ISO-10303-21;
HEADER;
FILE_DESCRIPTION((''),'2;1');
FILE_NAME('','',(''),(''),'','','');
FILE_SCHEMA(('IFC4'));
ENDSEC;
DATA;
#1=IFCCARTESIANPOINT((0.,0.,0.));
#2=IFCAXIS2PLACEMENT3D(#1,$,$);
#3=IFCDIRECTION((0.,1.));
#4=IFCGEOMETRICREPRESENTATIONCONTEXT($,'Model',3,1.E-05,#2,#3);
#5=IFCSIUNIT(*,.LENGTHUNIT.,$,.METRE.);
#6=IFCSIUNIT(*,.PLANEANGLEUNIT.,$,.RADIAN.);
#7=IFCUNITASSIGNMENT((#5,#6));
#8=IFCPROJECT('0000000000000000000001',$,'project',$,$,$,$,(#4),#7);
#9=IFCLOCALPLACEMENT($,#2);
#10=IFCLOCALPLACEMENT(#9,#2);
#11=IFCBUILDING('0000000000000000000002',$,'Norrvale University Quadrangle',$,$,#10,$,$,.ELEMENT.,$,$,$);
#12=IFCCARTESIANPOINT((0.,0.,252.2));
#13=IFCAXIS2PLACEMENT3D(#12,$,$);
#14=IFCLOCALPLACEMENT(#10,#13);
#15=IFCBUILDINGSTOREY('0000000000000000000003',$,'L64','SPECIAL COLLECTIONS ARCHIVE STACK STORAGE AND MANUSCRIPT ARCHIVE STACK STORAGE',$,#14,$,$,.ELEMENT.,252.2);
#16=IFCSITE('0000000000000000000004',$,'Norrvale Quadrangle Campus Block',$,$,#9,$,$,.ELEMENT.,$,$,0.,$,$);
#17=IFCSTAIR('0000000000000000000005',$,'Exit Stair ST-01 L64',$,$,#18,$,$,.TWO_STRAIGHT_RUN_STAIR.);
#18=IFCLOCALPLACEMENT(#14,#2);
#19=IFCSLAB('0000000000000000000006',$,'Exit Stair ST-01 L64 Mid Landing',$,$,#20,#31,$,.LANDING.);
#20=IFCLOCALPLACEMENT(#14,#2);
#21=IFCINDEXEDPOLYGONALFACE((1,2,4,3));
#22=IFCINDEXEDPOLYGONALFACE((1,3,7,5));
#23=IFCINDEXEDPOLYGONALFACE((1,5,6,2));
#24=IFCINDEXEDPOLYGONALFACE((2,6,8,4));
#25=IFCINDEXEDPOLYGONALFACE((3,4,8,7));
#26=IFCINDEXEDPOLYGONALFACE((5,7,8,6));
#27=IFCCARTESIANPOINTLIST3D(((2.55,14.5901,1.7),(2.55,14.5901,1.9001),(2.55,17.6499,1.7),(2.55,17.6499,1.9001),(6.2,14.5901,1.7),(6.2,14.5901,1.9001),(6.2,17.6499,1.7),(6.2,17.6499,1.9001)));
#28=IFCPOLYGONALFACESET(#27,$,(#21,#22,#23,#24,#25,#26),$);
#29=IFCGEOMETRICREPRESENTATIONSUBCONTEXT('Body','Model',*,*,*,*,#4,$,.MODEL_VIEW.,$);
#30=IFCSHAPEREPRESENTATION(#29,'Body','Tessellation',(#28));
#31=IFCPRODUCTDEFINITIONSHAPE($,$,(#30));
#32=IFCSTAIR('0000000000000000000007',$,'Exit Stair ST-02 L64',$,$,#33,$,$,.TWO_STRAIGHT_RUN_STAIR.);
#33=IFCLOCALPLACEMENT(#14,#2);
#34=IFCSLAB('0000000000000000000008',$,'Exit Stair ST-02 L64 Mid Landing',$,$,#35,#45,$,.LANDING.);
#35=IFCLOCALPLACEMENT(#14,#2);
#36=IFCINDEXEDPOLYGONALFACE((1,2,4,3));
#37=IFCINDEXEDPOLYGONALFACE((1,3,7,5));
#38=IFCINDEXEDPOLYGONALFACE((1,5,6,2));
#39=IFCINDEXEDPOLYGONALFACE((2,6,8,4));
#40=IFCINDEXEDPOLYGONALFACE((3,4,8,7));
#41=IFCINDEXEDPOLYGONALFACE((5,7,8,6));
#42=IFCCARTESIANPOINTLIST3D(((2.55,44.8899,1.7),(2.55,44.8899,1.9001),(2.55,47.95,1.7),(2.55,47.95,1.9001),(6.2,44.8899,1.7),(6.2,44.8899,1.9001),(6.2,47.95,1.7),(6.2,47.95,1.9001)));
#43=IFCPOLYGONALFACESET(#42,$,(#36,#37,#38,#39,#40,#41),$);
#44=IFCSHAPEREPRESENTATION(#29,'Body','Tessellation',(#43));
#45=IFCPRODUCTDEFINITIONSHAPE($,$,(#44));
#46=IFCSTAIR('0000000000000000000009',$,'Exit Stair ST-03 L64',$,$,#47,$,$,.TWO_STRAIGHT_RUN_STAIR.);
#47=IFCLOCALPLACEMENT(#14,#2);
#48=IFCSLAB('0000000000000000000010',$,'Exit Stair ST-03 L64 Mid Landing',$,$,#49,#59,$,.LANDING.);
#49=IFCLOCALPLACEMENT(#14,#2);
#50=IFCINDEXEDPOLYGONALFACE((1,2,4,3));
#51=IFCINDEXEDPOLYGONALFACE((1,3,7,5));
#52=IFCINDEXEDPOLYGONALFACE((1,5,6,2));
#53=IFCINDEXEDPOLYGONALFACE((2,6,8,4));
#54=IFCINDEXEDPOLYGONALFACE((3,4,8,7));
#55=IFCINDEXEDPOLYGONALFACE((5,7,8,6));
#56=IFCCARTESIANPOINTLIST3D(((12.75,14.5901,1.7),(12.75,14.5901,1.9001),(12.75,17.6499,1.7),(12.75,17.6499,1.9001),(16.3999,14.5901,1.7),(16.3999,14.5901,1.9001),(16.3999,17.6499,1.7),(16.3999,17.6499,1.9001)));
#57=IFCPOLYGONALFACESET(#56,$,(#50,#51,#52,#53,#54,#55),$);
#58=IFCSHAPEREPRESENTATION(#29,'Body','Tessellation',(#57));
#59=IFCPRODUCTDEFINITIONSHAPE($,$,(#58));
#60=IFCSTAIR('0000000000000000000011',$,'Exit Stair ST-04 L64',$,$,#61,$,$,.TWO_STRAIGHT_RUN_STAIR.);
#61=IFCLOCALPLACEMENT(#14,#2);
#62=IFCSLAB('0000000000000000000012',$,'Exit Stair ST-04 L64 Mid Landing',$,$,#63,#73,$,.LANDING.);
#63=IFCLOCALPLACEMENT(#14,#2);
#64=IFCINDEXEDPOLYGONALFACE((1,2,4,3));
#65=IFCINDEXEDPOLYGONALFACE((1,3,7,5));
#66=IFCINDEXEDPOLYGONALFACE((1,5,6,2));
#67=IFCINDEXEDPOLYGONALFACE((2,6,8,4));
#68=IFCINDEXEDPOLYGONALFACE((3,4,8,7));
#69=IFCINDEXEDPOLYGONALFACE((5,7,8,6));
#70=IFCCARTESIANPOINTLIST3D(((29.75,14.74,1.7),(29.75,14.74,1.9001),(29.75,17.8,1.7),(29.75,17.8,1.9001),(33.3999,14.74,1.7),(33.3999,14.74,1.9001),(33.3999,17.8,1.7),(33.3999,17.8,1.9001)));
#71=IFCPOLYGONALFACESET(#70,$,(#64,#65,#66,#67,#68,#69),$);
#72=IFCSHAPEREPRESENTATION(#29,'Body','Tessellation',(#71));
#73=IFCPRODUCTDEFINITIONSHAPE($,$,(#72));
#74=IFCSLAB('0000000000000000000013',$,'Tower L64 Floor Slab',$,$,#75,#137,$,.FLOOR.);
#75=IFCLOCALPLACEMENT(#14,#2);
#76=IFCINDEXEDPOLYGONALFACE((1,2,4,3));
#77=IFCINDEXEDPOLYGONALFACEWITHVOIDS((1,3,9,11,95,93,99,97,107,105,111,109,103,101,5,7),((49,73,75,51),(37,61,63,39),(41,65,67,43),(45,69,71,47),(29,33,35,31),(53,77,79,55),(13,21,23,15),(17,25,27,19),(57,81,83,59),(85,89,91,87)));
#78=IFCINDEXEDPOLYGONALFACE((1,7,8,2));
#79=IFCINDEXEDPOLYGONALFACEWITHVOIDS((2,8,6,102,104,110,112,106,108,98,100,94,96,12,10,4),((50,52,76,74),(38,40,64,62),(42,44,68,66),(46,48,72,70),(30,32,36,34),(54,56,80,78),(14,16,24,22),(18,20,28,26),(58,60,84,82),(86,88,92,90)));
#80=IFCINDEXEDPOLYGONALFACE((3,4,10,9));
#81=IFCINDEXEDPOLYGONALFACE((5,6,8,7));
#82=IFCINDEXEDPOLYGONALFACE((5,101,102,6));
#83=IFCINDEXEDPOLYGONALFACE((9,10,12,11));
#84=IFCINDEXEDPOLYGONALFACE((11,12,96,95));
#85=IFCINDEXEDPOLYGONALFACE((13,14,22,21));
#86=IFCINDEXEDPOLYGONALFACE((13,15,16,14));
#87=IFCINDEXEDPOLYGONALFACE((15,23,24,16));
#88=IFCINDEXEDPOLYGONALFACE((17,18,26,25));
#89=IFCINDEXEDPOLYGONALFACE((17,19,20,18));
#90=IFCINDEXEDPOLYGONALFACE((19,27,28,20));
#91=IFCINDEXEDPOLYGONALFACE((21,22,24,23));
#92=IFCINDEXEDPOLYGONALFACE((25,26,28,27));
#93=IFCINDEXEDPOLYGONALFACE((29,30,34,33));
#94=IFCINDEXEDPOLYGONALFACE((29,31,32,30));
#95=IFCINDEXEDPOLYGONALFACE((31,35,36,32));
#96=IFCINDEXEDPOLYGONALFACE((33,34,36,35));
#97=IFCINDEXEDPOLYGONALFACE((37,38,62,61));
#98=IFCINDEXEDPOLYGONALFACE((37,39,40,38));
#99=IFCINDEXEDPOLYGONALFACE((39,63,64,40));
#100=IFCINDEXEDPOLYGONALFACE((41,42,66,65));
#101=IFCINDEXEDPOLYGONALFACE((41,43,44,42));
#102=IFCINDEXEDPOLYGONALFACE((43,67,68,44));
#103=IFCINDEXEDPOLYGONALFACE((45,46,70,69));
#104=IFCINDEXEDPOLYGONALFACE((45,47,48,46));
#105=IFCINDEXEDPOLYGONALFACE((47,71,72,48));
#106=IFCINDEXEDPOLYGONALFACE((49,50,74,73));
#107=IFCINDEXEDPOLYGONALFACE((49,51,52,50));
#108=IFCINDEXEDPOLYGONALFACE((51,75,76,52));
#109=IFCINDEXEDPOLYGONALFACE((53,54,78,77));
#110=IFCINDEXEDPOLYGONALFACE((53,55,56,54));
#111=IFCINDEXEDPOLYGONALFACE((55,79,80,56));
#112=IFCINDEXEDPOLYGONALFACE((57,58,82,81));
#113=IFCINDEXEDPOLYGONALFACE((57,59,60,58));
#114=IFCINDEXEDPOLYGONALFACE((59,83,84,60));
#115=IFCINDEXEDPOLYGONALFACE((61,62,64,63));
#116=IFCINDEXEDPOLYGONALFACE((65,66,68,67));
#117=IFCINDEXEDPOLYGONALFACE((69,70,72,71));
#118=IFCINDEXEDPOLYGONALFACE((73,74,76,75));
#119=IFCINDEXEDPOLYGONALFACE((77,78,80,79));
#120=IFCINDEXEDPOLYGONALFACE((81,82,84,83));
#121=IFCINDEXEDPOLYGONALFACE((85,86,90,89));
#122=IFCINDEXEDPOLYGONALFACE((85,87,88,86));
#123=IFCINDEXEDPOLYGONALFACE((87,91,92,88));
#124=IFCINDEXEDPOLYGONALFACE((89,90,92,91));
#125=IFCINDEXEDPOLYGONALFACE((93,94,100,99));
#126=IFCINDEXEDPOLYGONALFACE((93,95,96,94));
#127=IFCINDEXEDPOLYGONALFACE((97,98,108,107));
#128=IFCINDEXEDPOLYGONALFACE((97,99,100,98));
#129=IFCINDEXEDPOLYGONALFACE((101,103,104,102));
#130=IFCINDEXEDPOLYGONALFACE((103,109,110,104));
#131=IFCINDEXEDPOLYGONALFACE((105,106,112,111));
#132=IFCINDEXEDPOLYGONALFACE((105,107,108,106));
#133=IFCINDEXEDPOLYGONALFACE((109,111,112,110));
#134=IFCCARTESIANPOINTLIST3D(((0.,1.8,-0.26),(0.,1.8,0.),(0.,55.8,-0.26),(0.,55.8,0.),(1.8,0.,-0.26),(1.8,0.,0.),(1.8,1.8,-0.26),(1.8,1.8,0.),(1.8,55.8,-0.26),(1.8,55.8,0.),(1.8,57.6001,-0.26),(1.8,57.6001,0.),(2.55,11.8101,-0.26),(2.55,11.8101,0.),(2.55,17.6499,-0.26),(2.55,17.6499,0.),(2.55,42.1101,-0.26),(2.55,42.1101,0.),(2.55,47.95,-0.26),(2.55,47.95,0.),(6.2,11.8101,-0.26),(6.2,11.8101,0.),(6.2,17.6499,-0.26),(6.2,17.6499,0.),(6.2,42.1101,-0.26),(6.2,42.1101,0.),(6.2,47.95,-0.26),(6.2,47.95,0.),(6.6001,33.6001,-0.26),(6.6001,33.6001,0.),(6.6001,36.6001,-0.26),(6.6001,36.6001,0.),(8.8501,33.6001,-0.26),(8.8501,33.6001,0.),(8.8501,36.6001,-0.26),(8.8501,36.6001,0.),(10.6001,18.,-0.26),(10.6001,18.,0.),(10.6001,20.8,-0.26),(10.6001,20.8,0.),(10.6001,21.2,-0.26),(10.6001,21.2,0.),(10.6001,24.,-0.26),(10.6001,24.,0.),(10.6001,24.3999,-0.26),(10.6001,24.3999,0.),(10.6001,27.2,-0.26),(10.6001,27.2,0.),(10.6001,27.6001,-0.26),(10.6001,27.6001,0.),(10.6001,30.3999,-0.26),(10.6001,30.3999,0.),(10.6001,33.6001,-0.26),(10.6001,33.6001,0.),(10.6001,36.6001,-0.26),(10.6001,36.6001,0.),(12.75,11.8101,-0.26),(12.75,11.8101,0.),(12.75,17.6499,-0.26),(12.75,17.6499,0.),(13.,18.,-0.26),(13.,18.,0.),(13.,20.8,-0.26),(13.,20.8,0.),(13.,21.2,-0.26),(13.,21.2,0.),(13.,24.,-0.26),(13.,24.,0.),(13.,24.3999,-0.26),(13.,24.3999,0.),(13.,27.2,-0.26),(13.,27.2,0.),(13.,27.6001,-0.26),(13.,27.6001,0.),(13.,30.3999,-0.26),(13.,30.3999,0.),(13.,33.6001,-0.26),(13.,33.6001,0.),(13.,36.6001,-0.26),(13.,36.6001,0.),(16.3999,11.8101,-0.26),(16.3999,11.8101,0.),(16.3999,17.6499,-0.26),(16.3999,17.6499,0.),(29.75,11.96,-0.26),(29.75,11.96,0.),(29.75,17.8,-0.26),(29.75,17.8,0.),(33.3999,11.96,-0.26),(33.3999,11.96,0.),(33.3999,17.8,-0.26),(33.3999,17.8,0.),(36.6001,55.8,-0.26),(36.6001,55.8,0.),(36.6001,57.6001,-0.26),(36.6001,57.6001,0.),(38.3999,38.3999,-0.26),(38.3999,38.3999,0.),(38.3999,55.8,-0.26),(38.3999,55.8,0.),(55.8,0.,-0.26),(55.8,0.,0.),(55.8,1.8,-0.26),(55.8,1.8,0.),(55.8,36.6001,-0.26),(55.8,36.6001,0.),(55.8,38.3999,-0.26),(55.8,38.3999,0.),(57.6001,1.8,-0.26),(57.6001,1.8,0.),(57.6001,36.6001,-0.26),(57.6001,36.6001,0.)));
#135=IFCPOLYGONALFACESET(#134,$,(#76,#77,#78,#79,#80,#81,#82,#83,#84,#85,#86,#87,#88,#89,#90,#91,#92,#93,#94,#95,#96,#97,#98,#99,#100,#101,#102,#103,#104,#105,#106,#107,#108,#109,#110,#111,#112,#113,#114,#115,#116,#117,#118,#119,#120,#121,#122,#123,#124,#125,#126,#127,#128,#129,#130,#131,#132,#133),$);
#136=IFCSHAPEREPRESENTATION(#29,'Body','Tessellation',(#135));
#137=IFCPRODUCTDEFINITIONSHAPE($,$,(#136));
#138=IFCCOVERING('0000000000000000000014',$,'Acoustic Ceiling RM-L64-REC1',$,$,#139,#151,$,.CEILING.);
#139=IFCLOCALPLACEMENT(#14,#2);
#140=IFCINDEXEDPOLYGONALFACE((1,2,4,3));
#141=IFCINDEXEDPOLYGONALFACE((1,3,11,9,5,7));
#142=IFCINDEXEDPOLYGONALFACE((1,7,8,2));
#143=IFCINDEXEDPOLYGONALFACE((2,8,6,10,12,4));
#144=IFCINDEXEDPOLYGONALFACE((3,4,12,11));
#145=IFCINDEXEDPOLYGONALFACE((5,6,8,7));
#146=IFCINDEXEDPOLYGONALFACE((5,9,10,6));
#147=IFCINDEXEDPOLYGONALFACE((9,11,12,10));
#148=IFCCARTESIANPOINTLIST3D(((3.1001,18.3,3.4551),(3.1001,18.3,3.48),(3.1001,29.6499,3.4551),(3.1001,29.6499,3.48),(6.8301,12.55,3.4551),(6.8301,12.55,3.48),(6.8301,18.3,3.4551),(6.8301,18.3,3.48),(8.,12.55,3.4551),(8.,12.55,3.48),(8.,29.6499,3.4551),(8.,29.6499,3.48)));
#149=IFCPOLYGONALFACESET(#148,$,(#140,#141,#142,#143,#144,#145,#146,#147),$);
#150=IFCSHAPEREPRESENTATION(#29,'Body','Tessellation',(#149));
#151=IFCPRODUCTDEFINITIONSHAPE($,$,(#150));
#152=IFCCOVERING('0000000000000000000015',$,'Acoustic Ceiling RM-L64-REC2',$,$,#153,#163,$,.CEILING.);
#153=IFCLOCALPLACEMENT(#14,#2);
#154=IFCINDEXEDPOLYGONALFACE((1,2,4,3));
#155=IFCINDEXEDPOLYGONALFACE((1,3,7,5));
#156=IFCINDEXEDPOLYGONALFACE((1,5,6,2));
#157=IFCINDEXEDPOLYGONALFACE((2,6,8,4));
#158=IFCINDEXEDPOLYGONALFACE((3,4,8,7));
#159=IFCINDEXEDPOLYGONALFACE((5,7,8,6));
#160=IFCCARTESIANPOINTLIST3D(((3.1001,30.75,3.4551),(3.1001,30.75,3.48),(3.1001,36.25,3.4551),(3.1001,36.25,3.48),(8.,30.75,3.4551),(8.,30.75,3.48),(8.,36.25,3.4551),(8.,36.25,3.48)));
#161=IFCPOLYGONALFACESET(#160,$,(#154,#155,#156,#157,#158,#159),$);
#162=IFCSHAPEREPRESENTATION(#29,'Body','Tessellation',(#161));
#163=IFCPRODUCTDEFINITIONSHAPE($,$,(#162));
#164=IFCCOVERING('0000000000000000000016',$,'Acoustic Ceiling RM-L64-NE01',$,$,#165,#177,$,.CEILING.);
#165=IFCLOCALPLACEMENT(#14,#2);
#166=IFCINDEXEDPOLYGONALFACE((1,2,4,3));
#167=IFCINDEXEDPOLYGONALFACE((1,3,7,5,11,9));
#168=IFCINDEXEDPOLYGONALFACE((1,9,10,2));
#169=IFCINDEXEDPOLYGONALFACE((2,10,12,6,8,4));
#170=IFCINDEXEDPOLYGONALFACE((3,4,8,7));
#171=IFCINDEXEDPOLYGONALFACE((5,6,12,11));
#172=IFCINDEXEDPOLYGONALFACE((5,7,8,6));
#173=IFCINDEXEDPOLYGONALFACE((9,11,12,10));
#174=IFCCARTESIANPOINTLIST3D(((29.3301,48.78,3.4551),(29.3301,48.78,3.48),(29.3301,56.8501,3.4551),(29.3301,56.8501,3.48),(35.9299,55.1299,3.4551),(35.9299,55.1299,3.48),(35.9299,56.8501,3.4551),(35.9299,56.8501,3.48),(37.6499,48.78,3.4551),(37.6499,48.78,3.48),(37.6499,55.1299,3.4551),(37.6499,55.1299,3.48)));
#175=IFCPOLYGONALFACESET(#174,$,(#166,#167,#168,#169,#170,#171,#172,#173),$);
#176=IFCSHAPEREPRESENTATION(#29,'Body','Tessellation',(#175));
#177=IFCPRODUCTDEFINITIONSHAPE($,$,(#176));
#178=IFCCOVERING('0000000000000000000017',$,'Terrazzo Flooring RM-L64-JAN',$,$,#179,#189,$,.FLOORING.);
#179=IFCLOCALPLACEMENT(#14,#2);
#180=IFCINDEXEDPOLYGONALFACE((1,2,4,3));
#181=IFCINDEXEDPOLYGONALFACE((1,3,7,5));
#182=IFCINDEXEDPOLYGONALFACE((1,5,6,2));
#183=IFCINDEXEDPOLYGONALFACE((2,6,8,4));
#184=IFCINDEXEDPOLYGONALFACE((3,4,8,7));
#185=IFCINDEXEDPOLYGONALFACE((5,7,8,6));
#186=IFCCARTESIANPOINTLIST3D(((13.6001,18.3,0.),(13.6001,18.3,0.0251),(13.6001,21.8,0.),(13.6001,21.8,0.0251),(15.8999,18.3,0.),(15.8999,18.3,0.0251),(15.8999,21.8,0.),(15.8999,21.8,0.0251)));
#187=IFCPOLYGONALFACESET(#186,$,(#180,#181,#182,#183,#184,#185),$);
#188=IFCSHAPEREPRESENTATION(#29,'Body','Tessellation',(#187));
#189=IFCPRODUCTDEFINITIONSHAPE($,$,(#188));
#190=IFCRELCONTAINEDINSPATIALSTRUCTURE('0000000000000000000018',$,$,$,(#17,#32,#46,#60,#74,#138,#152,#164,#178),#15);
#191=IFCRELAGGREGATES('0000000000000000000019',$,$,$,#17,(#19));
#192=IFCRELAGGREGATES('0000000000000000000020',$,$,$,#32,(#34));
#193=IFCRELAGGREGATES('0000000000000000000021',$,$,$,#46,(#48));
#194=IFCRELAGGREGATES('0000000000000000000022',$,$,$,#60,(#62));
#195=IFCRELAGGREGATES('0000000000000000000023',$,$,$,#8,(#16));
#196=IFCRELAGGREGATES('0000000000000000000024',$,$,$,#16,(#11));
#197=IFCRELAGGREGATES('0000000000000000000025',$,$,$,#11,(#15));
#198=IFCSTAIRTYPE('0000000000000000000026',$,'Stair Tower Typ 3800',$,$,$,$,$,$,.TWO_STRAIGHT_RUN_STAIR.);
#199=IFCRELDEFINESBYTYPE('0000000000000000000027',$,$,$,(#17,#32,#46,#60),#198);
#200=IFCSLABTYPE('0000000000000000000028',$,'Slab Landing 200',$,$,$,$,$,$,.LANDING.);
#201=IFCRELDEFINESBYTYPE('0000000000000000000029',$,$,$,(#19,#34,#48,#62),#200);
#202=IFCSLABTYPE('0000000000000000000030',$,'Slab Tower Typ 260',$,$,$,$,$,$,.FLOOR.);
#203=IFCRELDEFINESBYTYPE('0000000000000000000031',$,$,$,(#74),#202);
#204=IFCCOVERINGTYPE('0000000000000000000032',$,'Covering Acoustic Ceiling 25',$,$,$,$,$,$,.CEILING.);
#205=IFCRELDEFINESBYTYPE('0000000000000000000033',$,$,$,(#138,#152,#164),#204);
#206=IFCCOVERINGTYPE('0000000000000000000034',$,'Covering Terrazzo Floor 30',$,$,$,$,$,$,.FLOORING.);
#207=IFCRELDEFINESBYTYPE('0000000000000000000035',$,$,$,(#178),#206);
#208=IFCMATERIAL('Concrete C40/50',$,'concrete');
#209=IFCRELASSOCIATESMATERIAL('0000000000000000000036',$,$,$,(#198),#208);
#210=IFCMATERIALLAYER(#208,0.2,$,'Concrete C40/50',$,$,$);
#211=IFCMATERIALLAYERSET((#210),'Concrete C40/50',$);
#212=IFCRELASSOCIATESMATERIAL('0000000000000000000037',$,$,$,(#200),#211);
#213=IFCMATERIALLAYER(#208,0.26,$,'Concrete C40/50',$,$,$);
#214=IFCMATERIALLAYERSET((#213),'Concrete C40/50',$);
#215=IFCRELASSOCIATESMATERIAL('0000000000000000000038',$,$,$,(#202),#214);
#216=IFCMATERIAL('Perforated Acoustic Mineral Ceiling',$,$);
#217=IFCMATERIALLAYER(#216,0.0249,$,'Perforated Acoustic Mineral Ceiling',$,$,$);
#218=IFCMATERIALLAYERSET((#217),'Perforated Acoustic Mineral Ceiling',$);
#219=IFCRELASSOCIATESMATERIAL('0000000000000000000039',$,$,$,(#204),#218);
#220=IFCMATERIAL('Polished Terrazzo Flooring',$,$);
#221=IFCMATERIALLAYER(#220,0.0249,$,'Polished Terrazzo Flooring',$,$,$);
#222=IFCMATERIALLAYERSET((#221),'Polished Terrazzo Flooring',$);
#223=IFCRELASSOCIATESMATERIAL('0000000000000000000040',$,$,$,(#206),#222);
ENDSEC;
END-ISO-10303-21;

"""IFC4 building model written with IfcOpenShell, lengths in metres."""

from ifc_helpers import new_model, si_unit, direction, frame, origin, place, context, subcontext, project, spatial, polyline, outline, extrude, material, layer, layer_set, type_object, element, aggregate, save


model = new_model("IFC4")

# Units and contexts
model_context = context("Model", 3, precision=1e-05, world=origin(), true_north=direction((0.0, 1.0)))
body_context = subcontext(model_context, "Body", "Model", "MODEL_VIEW")
ifc_project = project(units=[si_unit("LENGTHUNIT", "METRE"), si_unit("PLANEANGLEUNIT", "RADIAN")], contexts=[model_context])

# Site, building, storey
site_placement = place(None, origin())
site = spatial("IfcSite", under=ifc_project, at=site_placement, Name="Norrvale Quadrangle Campus Block", CompositionType="ELEMENT", RefElevation=0.0)
building_placement = place(site_placement, origin())
building = spatial("IfcBuilding", under=site, at=building_placement, Name="Norrvale University Quadrangle", CompositionType="ELEMENT")
storey_placement = place(building_placement, frame((0.0, 0.0, 252.2)))
storey = spatial("IfcBuildingStorey", under=building, at=storey_placement, Name="L64", Description="SPECIAL COLLECTIONS ARCHIVE STACK STORAGE AND MANUSCRIPT ARCHIVE STACK STORAGE", CompositionType="ELEMENT", Elevation=252.2)

# Stairs, slabs
ifc_material_1 = material(Name="Concrete C40/50", Category="concrete")
stair_type = type_object("IfcStairType", Name="Stair Tower Typ 3800", PredefinedType="TWO_STRAIGHT_RUN_STAIR", material=ifc_material_1)
stair_1_placement = place(storey_placement, origin())
stair_1 = element("IfcStair", 1, at=stair_1_placement, inside=storey, type_object=stair_type, Name="Exit Stair ST-01 L64", PredefinedType="TWO_STRAIGHT_RUN_STAIR")
ifc_layer_1 = layer(ifc_material_1, 0.2, Name="Concrete C40/50")
ifc_layer_set_1 = layer_set([ifc_layer_1], Name="Concrete C40/50")
slab_type_1 = type_object("IfcSlabType", Name="Slab Landing 200", PredefinedType="LANDING", material=ifc_layer_set_1)
slab_1_placement = place(storey_placement, frame((0.0, 0.0, 1.7)))
slab_1 = element("IfcSlab", 2, at=slab_1_placement, type_object=slab_type_1, Name="Exit Stair ST-01 L64 Mid Landing", PredefinedType="LANDING", context=body_context, shape_type="SweptSolid", body=[
    extrude(outline(polyline([(2.55, 14.5901), (6.2, 14.5901), (6.2, 17.6499), (2.55, 17.6499), (2.55, 14.5901)])), origin(), (0.0, 0.0, 1.0), 0.2002),
])
aggregate(stair_1, [slab_1])
stair_2_placement = place(storey_placement, origin())
stair_2 = element("IfcStair", 3, at=stair_2_placement, inside=storey, type_object=stair_type, Name="Exit Stair ST-02 L64", PredefinedType="TWO_STRAIGHT_RUN_STAIR")
slab_2_placement = place(storey_placement, frame((0.0, 0.0, 1.7)))
slab_2 = element("IfcSlab", 4, at=slab_2_placement, type_object=slab_type_1, Name="Exit Stair ST-02 L64 Mid Landing", PredefinedType="LANDING", context=body_context, shape_type="SweptSolid", body=[
    extrude(outline(polyline([(2.55, 44.8899), (6.2, 44.8899), (6.2, 47.95), (2.55, 47.95), (2.55, 44.8899)])), origin(), (0.0, 0.0, 1.0), 0.2002),
])
aggregate(stair_2, [slab_2])
stair_3_placement = place(storey_placement, origin())
stair_3 = element("IfcStair", 5, at=stair_3_placement, inside=storey, type_object=stair_type, Name="Exit Stair ST-03 L64", PredefinedType="TWO_STRAIGHT_RUN_STAIR")
slab_3_placement = place(storey_placement, frame((0.0, 0.0, 1.7)))
slab_3 = element("IfcSlab", 6, at=slab_3_placement, type_object=slab_type_1, Name="Exit Stair ST-03 L64 Mid Landing", PredefinedType="LANDING", context=body_context, shape_type="SweptSolid", body=[
    extrude(outline(polyline([(12.75, 14.5901), (16.3999, 14.5901), (16.3999, 17.6499), (12.75, 17.6499), (12.75, 14.5901)])), origin(), (0.0, 0.0, 1.0), 0.2002),
])
aggregate(stair_3, [slab_3])
stair_4_placement = place(storey_placement, origin())
stair_4 = element("IfcStair", 7, at=stair_4_placement, inside=storey, type_object=stair_type, Name="Exit Stair ST-04 L64", PredefinedType="TWO_STRAIGHT_RUN_STAIR")
slab_4_placement = place(storey_placement, frame((0.0, 0.0, 1.7)))
slab_4 = element("IfcSlab", 8, at=slab_4_placement, type_object=slab_type_1, Name="Exit Stair ST-04 L64 Mid Landing", PredefinedType="LANDING", context=body_context, shape_type="SweptSolid", body=[
    extrude(outline(polyline([(29.75, 14.74), (33.3999, 14.74), (33.3999, 17.8), (29.75, 17.8), (29.75, 14.74)])), origin(), (0.0, 0.0, 1.0), 0.2002),
])
aggregate(stair_4, [slab_4])

# Slab
ifc_layer_2 = layer(ifc_material_1, 0.26, Name="Concrete C40/50")
ifc_layer_set_2 = layer_set([ifc_layer_2], Name="Concrete C40/50")
slab_type_2 = type_object("IfcSlabType", Name="Slab Tower Typ 260", PredefinedType="FLOOR", material=ifc_layer_set_2)
slab_5_placement = place(storey_placement, frame((0.0, 0.0, -0.26)))
element("IfcSlab", 9, at=slab_5_placement, inside=storey, type_object=slab_type_2, Name="Tower L64 Floor Slab", PredefinedType="FLOOR", context=body_context, shape_type="SweptSolid", body=[
    extrude(outline(polyline([(1.8, 0.0), (55.8, 0.0), (55.8, 1.8), (57.6001, 1.8), (57.6001, 36.6001), (55.8, 36.6001), (55.8, 38.3999), (38.3999, 38.3999), (38.3999, 55.8), (36.6001, 55.8), (36.6001, 57.6001), (1.8, 57.6001), (1.8, 55.8), (0.0, 55.8), (0.0, 1.8), (1.8, 1.8), (1.8, 0.0)]), holes=[polyline([(2.55, 11.8101), (6.2, 11.8101), (6.2, 17.6499), (2.55, 17.6499), (2.55, 11.8101)]), polyline([(2.55, 42.1101), (6.2, 42.1101), (6.2, 47.95), (2.55, 47.95), (2.55, 42.1101)]), polyline([(12.75, 11.8101), (16.3999, 11.8101), (16.3999, 17.6499), (12.75, 17.6499), (12.75, 11.8101)]), polyline([(29.75, 11.96), (33.3999, 11.96), (33.3999, 17.8), (29.75, 17.8), (29.75, 11.96)]), polyline([(10.6001, 18.0), (13.0, 18.0), (13.0, 20.8), (10.6001, 20.8), (10.6001, 18.0)]), polyline([(10.6001, 21.2), (13.0, 21.2), (13.0, 24.0), (10.6001, 24.0), (10.6001, 21.2)]), polyline([(10.6001, 24.3999), (13.0, 24.3999), (13.0, 27.2), (10.6001, 27.2), (10.6001, 24.3999)]), polyline([(10.6001, 27.6001), (13.0, 27.6001), (13.0, 30.3999), (10.6001, 30.3999), (10.6001, 27.6001)]), polyline([(6.6001, 33.6001), (8.8501, 33.6001), (8.8501, 36.6001), (6.6001, 36.6001), (6.6001, 33.6001)]), polyline([(10.6001, 33.6001), (13.0, 33.6001), (13.0, 36.6001), (10.6001, 36.6001), (10.6001, 33.6001)])]), origin(), (0.0, 0.0, 1.0), 0.26),
])

# Coverings
ifc_material_2 = material(Name="Perforated Acoustic Mineral Ceiling")
ifc_layer_3 = layer(ifc_material_2, 0.0249, Name="Perforated Acoustic Mineral Ceiling")
ifc_layer_set_3 = layer_set([ifc_layer_3], Name="Perforated Acoustic Mineral Ceiling")
covering_type_1 = type_object("IfcCoveringType", Name="Covering Acoustic Ceiling 25", PredefinedType="CEILING", material=ifc_layer_set_3)
covering_1_placement = place(storey_placement, frame((0.0, 0.0, 3.4551)))
element("IfcCovering", 10, at=covering_1_placement, inside=storey, type_object=covering_type_1, Name="Acoustic Ceiling RM-L64-REC1", PredefinedType="CEILING", context=body_context, shape_type="SweptSolid", body=[
    extrude(outline(polyline([(3.1001, 18.3), (3.1001, 29.6499), (8.0, 29.6499), (8.0, 12.55), (6.8301, 12.55), (6.8301, 18.3), (3.1001, 18.3)])), origin(), (0.0, 0.0, 1.0), 0.0249),
])
covering_2_placement = place(storey_placement, frame((0.0, 0.0, 3.4551)))
element("IfcCovering", 11, at=covering_2_placement, inside=storey, type_object=covering_type_1, Name="Acoustic Ceiling RM-L64-REC2", PredefinedType="CEILING", context=body_context, shape_type="SweptSolid", body=[
    extrude(outline(polyline([(3.1001, 30.75), (3.1001, 36.25), (8.0, 36.25), (8.0, 30.75), (3.1001, 30.75)])), origin(), (0.0, 0.0, 1.0), 0.0249),
])
covering_3_placement = place(storey_placement, frame((0.0, 0.0, 3.4551)))
element("IfcCovering", 12, at=covering_3_placement, inside=storey, type_object=covering_type_1, Name="Acoustic Ceiling RM-L64-NE01", PredefinedType="CEILING", context=body_context, shape_type="SweptSolid", body=[
    extrude(outline(polyline([(37.6499, 48.78), (29.3301, 48.78), (29.3301, 56.8501), (35.9299, 56.8501), (35.9299, 55.1299), (37.6499, 55.1299), (37.6499, 48.78)])), origin(), (0.0, 0.0, 1.0), 0.0249),
])
ifc_material_3 = material(Name="Polished Terrazzo Flooring")
ifc_layer_4 = layer(ifc_material_3, 0.0249, Name="Polished Terrazzo Flooring")
ifc_layer_set_4 = layer_set([ifc_layer_4], Name="Polished Terrazzo Flooring")
covering_type_2 = type_object("IfcCoveringType", Name="Covering Terrazzo Floor 30", PredefinedType="FLOORING", material=ifc_layer_set_4)
covering_4_placement = place(storey_placement, origin())
element("IfcCovering", 13, at=covering_4_placement, inside=storey, type_object=covering_type_2, Name="Terrazzo Flooring RM-L64-JAN", PredefinedType="FLOORING", context=body_context, shape_type="SweptSolid", body=[
    extrude(outline(polyline([(13.6001, 18.3), (13.6001, 21.8), (15.8999, 21.8), (15.8999, 18.3), (13.6001, 18.3)])), origin(), (0.0, 0.0, 1.0), 0.0251),
])

save(model, "model.ifc")
